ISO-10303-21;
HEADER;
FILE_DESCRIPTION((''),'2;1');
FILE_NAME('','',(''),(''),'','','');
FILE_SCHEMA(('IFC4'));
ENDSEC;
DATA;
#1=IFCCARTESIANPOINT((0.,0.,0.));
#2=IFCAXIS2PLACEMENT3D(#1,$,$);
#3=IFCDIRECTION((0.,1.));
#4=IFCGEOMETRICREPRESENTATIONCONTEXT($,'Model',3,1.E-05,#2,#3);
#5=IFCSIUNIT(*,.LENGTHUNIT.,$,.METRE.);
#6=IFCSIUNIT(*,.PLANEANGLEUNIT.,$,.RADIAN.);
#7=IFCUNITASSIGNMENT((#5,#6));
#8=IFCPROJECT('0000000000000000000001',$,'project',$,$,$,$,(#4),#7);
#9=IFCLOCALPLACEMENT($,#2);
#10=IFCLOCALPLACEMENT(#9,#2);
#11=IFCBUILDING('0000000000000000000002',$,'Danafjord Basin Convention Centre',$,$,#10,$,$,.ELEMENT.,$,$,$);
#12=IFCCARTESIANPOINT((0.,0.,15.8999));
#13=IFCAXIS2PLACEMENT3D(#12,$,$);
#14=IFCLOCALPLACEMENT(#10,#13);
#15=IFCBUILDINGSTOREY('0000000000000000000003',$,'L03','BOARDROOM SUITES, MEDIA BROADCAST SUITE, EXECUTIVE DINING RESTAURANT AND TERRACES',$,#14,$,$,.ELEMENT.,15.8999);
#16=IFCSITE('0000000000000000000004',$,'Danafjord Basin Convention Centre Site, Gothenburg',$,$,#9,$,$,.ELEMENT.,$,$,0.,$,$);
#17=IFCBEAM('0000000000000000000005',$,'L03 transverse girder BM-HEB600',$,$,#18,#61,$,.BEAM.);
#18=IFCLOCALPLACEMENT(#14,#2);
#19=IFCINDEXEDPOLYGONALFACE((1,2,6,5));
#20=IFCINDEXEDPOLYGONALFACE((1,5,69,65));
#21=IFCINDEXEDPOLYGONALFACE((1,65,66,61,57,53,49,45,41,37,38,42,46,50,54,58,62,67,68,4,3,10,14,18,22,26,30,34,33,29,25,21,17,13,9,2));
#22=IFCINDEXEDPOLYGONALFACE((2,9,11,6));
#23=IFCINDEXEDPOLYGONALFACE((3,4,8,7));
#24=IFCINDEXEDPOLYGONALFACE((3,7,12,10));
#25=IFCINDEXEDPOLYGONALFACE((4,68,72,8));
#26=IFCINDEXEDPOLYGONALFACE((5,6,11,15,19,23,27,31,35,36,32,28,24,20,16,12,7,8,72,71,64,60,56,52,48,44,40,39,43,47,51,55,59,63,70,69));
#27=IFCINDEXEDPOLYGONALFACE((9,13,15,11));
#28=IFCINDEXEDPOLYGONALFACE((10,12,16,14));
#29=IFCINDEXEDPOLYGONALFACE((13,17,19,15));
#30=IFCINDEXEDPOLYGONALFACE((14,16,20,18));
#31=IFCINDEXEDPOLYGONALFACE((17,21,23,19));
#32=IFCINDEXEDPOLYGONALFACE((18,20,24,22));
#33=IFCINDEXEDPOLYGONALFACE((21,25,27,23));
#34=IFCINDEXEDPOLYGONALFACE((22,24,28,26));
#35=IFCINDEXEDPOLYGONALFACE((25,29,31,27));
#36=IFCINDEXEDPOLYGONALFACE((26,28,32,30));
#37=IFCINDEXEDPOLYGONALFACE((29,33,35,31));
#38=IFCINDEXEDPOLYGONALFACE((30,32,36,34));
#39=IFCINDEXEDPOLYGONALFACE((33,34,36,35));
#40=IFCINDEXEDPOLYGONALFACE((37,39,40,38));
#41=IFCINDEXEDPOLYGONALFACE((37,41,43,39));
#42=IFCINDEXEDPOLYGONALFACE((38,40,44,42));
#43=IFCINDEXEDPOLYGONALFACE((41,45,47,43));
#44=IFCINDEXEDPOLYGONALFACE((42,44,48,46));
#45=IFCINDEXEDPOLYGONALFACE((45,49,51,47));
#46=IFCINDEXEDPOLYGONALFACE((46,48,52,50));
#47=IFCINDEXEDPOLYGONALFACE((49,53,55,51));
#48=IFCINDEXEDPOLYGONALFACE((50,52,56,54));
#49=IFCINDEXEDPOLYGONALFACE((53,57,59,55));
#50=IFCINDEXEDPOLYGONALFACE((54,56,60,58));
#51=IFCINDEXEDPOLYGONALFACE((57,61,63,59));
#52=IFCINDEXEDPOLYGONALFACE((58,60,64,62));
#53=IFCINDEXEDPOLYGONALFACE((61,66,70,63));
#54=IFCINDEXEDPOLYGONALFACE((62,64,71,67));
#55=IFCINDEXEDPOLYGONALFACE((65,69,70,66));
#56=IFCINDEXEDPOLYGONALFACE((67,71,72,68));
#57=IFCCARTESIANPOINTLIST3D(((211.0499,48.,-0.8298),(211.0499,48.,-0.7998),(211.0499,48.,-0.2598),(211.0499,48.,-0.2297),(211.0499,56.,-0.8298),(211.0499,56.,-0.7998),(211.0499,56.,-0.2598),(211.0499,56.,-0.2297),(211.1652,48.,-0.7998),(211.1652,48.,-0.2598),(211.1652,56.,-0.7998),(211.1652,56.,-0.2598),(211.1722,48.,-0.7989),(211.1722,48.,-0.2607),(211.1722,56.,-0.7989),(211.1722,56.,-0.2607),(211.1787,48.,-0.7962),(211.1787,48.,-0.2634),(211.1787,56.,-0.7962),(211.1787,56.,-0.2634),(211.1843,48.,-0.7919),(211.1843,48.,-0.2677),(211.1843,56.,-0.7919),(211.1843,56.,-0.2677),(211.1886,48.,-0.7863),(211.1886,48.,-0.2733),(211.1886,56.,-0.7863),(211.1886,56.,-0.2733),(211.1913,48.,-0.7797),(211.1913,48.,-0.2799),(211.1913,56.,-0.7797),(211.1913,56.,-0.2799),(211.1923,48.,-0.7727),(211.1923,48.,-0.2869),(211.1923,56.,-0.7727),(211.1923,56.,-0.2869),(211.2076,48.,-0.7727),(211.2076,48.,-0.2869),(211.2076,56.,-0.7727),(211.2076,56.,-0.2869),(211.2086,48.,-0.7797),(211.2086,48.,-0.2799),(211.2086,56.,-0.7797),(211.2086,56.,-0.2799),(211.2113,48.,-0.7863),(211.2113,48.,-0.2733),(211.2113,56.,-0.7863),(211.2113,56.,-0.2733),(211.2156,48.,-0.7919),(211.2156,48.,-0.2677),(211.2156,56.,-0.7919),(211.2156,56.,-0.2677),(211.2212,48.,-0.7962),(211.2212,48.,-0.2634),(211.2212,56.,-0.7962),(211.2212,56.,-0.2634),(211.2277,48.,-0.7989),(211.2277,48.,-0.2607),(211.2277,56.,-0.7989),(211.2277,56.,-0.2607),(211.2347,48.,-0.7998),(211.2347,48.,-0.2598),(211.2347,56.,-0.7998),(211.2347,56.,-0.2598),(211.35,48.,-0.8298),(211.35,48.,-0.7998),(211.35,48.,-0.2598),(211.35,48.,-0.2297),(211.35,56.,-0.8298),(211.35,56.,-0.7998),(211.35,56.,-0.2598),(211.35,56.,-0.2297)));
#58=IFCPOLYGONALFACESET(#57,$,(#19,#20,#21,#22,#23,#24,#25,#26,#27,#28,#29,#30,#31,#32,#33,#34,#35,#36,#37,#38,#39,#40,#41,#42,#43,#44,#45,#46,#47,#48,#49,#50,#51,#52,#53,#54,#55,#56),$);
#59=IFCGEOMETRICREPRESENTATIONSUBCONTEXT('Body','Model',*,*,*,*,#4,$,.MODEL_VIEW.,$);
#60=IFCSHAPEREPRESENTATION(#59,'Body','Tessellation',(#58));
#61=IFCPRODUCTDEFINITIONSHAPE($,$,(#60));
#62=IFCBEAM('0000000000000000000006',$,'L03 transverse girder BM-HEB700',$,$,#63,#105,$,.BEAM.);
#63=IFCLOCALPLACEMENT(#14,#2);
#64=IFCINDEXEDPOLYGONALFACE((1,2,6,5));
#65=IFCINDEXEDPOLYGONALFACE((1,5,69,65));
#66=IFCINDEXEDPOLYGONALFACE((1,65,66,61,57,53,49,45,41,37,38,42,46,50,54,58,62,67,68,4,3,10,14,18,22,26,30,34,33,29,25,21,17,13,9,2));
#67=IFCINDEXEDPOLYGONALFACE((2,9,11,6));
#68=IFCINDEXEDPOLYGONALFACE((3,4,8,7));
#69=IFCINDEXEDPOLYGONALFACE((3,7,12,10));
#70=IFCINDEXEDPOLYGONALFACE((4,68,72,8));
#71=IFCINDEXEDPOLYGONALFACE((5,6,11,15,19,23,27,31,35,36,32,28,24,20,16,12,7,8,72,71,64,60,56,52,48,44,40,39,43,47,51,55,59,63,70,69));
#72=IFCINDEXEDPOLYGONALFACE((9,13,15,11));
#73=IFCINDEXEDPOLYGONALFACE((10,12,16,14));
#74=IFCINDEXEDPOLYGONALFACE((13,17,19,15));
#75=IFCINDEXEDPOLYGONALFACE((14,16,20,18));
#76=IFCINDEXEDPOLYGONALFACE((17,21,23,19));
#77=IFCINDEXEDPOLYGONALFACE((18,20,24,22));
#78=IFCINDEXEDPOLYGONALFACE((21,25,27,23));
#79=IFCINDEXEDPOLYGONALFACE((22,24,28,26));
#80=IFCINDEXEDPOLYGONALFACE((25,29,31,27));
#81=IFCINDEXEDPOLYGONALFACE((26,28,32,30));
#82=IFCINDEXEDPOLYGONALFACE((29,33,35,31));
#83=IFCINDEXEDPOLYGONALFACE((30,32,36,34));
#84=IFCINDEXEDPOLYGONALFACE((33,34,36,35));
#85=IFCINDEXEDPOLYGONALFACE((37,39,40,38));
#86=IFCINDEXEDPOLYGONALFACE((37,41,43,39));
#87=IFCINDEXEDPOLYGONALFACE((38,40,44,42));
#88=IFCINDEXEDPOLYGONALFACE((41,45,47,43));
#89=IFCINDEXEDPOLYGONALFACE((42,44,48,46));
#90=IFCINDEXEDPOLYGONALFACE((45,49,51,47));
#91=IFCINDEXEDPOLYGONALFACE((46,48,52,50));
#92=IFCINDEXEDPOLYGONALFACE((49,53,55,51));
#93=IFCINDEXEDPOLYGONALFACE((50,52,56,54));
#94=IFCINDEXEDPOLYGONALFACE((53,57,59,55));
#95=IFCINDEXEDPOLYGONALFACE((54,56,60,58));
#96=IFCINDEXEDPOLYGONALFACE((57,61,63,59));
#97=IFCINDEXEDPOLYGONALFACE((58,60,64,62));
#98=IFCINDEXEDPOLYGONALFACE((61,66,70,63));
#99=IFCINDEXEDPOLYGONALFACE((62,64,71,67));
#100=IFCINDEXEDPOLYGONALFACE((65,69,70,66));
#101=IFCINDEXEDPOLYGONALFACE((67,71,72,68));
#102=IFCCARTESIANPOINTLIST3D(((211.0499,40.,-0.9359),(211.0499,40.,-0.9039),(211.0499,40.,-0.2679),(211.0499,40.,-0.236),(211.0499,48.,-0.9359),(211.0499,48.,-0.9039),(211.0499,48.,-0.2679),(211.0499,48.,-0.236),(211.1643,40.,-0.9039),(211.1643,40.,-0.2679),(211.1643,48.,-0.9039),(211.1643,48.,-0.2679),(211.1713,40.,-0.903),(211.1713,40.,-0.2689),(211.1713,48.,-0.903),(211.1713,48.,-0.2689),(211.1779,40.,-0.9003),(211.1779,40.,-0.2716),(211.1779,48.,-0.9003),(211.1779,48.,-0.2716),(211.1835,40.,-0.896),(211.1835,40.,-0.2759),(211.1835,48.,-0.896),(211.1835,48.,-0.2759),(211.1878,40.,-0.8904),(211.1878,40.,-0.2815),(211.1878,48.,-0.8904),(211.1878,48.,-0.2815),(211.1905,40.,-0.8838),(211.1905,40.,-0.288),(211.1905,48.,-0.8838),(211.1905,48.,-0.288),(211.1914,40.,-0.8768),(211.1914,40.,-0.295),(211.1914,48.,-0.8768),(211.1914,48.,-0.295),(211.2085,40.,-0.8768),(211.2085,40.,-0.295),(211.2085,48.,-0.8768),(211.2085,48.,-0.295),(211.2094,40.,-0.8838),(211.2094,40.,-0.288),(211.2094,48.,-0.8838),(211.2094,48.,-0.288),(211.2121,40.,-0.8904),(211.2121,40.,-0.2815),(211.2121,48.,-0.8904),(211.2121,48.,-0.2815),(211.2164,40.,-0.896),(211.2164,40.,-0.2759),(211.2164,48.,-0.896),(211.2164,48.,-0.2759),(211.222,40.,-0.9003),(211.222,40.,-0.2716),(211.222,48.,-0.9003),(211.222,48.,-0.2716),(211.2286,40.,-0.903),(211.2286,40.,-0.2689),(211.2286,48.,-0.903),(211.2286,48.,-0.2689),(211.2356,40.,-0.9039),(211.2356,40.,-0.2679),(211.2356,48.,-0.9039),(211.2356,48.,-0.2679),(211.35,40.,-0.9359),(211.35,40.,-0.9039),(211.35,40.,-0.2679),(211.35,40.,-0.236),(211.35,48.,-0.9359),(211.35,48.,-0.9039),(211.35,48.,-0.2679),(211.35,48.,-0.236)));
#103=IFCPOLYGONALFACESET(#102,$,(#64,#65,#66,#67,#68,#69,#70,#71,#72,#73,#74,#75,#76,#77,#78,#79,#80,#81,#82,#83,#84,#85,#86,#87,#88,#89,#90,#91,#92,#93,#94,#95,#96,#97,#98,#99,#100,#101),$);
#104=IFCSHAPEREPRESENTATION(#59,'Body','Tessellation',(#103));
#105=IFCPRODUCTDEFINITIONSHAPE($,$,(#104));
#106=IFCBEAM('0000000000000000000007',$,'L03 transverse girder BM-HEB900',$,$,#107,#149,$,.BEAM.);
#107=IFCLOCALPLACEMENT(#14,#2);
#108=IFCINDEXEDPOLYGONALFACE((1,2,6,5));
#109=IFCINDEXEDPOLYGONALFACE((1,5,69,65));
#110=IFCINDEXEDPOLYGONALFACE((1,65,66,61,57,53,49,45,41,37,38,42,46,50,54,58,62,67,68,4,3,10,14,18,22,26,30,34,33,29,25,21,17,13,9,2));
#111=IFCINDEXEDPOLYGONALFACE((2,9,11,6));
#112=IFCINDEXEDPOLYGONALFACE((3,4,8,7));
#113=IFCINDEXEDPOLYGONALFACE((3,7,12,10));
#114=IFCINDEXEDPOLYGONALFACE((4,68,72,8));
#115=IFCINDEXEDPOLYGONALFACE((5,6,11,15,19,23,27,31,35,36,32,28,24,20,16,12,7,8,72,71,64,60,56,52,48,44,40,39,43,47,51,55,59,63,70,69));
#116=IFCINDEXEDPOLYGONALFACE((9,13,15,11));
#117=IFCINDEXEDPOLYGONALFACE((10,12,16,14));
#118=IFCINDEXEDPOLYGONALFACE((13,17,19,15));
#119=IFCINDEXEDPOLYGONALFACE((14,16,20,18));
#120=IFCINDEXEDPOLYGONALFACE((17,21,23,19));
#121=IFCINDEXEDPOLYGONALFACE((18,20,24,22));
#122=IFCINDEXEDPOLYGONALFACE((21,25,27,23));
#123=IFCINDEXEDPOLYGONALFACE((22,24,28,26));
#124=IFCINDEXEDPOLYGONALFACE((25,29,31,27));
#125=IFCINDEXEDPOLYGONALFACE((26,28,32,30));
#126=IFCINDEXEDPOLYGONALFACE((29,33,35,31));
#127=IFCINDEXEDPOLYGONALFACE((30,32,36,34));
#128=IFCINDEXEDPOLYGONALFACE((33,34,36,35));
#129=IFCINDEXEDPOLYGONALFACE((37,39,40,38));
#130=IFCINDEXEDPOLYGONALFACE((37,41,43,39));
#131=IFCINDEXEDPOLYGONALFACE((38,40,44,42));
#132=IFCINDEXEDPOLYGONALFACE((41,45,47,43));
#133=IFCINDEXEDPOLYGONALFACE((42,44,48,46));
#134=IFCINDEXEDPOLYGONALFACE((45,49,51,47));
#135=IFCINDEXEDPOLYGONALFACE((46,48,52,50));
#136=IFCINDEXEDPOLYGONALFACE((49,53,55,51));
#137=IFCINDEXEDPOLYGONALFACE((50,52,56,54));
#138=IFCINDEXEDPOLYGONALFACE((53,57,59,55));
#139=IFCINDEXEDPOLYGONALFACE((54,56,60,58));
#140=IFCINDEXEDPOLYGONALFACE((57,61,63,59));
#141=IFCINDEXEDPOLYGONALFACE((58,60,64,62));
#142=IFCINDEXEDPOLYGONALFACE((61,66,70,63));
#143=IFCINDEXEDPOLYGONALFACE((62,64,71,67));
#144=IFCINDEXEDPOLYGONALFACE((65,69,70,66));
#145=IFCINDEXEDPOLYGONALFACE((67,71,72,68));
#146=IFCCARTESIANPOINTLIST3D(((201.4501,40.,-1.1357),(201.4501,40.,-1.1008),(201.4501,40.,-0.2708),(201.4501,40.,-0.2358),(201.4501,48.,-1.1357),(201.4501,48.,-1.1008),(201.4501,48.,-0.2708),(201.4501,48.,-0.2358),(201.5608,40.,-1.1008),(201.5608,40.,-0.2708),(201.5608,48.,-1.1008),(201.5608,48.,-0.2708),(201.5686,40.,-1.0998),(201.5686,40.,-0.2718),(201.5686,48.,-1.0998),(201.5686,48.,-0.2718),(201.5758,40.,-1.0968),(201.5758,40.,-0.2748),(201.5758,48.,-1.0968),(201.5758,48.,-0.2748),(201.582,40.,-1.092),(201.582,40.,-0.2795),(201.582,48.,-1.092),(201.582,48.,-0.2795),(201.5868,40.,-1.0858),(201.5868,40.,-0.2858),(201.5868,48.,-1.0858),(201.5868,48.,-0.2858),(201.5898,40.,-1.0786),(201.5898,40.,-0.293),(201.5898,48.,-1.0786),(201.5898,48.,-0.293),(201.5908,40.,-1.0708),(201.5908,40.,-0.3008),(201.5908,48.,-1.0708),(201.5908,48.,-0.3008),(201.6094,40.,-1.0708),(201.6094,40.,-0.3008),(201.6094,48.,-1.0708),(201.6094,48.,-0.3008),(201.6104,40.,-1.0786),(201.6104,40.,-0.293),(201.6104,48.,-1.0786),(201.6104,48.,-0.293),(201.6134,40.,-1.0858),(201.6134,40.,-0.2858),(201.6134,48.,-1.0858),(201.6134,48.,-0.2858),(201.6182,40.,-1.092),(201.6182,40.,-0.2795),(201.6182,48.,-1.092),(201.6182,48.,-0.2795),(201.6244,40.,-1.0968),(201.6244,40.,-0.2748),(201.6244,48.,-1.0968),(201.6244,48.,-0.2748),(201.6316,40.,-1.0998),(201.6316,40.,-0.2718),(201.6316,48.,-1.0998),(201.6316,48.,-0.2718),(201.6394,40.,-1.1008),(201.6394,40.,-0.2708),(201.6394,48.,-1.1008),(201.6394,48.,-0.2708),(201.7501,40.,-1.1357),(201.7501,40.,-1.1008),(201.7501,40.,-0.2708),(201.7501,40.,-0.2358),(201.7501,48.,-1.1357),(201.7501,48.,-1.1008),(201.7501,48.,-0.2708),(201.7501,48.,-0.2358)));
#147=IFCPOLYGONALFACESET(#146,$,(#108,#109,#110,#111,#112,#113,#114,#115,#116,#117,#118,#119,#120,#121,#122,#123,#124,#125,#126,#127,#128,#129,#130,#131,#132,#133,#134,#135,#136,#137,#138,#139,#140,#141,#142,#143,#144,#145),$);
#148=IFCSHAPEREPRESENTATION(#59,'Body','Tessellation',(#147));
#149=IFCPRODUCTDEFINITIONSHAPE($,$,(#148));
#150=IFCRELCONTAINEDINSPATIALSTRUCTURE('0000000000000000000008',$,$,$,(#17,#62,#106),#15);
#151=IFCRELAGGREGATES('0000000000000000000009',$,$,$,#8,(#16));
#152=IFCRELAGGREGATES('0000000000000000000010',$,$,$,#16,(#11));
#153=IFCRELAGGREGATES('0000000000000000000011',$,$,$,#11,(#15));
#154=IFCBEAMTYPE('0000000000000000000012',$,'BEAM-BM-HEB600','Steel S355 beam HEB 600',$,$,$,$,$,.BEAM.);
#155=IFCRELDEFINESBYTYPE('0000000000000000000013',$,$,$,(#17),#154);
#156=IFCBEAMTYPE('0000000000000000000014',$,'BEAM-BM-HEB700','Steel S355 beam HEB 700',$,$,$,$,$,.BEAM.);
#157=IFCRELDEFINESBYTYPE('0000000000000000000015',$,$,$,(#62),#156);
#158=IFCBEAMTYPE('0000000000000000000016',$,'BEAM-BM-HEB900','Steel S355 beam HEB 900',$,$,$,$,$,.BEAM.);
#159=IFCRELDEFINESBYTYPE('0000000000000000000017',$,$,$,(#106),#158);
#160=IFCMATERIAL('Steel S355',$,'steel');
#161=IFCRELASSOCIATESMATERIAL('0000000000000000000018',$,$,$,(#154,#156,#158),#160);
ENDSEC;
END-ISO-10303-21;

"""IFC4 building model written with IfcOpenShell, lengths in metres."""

from ifc_helpers import new_model, si_unit, direction, frame, origin, origin_2d, place, context, subcontext, project, spatial, i_section, extrude, material, material_profile, profile_set, type_object, element, save


model = new_model("IFC4")

# Units and contexts
model_context = context("Model", 3, precision=1e-05, world=origin(), true_north=direction((0.0, 1.0)))
body_context = subcontext(model_context, "Body", "Model", "MODEL_VIEW")
ifc_project = project(units=[si_unit("LENGTHUNIT", "METRE"), si_unit("PLANEANGLEUNIT", "RADIAN")], contexts=[model_context])

# Site, building, storey
site_placement = place(None, origin())
site = spatial("IfcSite", under=ifc_project, at=site_placement, Name="Danafjord Basin Convention Centre Site, Gothenburg", CompositionType="ELEMENT", RefElevation=0.0)
building_placement = place(site_placement, origin())
building = spatial("IfcBuilding", under=site, at=building_placement, Name="Danafjord Basin Convention Centre", CompositionType="ELEMENT")
storey_placement = place(building_placement, frame((0.0, 0.0, 15.8999)))
storey = spatial("IfcBuildingStorey", under=building, at=storey_placement, Name="L03", Description="BOARDROOM SUITES, MEDIA BROADCAST SUITE, EXECUTIVE DINING RESTAURANT AND TERRACES", CompositionType="ELEMENT", Elevation=15.8999)

# Shared definitions
ifc_material_1 = material(Name="Steel S355", Category="steel")

# Beams
ifc_material_profile_1 = material_profile(ifc_material_1, i_section(OverallWidth=0.3, OverallDepth=0.6001, WebThickness=0.0154, FlangeThickness=0.03, FilletRadius=0.0271, at=origin_2d()), Name="HEB 600")
ifc_profile_set_1 = profile_set([ifc_material_profile_1], Name="Steel S355")
beam_type_1 = type_object("IfcBeamType", Name="BEAM-BM-HEB600", Description="Steel S355 beam HEB 600", PredefinedType="BEAM", material=ifc_profile_set_1)
beam_1_placement = place(storey_placement, frame((211.2, 48.0, -0.5298), z_axis=(0.0, 1.0, 0.0), x_axis=(-1.0, 0.0, 0.0)))
element("IfcBeam", 1, at=beam_1_placement, inside=storey, type_object=beam_type_1, Name="L03 transverse girder BM-HEB600", PredefinedType="BEAM", context=body_context, shape_type="SweptSolid", body=[
    extrude(i_section(OverallWidth=0.3, OverallDepth=0.6001, WebThickness=0.0154, FlangeThickness=0.03, FilletRadius=0.0271, at=origin_2d()), origin(), (0.0, 0.0, 1.0), 8.0),
])
ifc_material_profile_2 = material_profile(ifc_material_1, i_section(OverallWidth=0.3, OverallDepth=0.7, WebThickness=0.0171, FlangeThickness=0.032, FilletRadius=0.0271, at=origin_2d()), Name="HEB 700")
ifc_profile_set_2 = profile_set([ifc_material_profile_2], Name="Steel S355")
beam_type_2 = type_object("IfcBeamType", Name="BEAM-BM-HEB700", Description="Steel S355 beam HEB 700", PredefinedType="BEAM", material=ifc_profile_set_2)
beam_2_placement = place(storey_placement, frame((211.2, 40.0, -0.5859), z_axis=(0.0, 1.0, 0.0), x_axis=(-1.0, 0.0, 0.0)))
element("IfcBeam", 2, at=beam_2_placement, inside=storey, type_object=beam_type_2, Name="L03 transverse girder BM-HEB700", PredefinedType="BEAM", context=body_context, shape_type="SweptSolid", body=[
    extrude(i_section(OverallWidth=0.3, OverallDepth=0.7, WebThickness=0.0171, FlangeThickness=0.032, FilletRadius=0.0271, at=origin_2d()), origin(), (0.0, 0.0, 1.0), 8.0),
])
ifc_material_profile_3 = material_profile(ifc_material_1, i_section(OverallWidth=0.3, OverallDepth=0.8999, WebThickness=0.0186, FlangeThickness=0.0349, FilletRadius=0.03, at=origin_2d()), Name="HEB 900")
ifc_profile_set_3 = profile_set([ifc_material_profile_3], Name="Steel S355")
beam_type_3 = type_object("IfcBeamType", Name="BEAM-BM-HEB900", Description="Steel S355 beam HEB 900", PredefinedType="BEAM", material=ifc_profile_set_3)
beam_3_placement = place(storey_placement, frame((201.6001, 40.0, -0.6858), z_axis=(0.0, 1.0, 0.0), x_axis=(-1.0, 0.0, 0.0)))
element("IfcBeam", 3, at=beam_3_placement, inside=storey, type_object=beam_type_3, Name="L03 transverse girder BM-HEB900", PredefinedType="BEAM", context=body_context, shape_type="SweptSolid", body=[
    extrude(i_section(OverallWidth=0.3, OverallDepth=0.8999, WebThickness=0.0186, FlangeThickness=0.0349, FilletRadius=0.03, at=origin_2d()), origin(), (0.0, 0.0, 1.0), 8.0),
])

save(model, "model.ifc")
